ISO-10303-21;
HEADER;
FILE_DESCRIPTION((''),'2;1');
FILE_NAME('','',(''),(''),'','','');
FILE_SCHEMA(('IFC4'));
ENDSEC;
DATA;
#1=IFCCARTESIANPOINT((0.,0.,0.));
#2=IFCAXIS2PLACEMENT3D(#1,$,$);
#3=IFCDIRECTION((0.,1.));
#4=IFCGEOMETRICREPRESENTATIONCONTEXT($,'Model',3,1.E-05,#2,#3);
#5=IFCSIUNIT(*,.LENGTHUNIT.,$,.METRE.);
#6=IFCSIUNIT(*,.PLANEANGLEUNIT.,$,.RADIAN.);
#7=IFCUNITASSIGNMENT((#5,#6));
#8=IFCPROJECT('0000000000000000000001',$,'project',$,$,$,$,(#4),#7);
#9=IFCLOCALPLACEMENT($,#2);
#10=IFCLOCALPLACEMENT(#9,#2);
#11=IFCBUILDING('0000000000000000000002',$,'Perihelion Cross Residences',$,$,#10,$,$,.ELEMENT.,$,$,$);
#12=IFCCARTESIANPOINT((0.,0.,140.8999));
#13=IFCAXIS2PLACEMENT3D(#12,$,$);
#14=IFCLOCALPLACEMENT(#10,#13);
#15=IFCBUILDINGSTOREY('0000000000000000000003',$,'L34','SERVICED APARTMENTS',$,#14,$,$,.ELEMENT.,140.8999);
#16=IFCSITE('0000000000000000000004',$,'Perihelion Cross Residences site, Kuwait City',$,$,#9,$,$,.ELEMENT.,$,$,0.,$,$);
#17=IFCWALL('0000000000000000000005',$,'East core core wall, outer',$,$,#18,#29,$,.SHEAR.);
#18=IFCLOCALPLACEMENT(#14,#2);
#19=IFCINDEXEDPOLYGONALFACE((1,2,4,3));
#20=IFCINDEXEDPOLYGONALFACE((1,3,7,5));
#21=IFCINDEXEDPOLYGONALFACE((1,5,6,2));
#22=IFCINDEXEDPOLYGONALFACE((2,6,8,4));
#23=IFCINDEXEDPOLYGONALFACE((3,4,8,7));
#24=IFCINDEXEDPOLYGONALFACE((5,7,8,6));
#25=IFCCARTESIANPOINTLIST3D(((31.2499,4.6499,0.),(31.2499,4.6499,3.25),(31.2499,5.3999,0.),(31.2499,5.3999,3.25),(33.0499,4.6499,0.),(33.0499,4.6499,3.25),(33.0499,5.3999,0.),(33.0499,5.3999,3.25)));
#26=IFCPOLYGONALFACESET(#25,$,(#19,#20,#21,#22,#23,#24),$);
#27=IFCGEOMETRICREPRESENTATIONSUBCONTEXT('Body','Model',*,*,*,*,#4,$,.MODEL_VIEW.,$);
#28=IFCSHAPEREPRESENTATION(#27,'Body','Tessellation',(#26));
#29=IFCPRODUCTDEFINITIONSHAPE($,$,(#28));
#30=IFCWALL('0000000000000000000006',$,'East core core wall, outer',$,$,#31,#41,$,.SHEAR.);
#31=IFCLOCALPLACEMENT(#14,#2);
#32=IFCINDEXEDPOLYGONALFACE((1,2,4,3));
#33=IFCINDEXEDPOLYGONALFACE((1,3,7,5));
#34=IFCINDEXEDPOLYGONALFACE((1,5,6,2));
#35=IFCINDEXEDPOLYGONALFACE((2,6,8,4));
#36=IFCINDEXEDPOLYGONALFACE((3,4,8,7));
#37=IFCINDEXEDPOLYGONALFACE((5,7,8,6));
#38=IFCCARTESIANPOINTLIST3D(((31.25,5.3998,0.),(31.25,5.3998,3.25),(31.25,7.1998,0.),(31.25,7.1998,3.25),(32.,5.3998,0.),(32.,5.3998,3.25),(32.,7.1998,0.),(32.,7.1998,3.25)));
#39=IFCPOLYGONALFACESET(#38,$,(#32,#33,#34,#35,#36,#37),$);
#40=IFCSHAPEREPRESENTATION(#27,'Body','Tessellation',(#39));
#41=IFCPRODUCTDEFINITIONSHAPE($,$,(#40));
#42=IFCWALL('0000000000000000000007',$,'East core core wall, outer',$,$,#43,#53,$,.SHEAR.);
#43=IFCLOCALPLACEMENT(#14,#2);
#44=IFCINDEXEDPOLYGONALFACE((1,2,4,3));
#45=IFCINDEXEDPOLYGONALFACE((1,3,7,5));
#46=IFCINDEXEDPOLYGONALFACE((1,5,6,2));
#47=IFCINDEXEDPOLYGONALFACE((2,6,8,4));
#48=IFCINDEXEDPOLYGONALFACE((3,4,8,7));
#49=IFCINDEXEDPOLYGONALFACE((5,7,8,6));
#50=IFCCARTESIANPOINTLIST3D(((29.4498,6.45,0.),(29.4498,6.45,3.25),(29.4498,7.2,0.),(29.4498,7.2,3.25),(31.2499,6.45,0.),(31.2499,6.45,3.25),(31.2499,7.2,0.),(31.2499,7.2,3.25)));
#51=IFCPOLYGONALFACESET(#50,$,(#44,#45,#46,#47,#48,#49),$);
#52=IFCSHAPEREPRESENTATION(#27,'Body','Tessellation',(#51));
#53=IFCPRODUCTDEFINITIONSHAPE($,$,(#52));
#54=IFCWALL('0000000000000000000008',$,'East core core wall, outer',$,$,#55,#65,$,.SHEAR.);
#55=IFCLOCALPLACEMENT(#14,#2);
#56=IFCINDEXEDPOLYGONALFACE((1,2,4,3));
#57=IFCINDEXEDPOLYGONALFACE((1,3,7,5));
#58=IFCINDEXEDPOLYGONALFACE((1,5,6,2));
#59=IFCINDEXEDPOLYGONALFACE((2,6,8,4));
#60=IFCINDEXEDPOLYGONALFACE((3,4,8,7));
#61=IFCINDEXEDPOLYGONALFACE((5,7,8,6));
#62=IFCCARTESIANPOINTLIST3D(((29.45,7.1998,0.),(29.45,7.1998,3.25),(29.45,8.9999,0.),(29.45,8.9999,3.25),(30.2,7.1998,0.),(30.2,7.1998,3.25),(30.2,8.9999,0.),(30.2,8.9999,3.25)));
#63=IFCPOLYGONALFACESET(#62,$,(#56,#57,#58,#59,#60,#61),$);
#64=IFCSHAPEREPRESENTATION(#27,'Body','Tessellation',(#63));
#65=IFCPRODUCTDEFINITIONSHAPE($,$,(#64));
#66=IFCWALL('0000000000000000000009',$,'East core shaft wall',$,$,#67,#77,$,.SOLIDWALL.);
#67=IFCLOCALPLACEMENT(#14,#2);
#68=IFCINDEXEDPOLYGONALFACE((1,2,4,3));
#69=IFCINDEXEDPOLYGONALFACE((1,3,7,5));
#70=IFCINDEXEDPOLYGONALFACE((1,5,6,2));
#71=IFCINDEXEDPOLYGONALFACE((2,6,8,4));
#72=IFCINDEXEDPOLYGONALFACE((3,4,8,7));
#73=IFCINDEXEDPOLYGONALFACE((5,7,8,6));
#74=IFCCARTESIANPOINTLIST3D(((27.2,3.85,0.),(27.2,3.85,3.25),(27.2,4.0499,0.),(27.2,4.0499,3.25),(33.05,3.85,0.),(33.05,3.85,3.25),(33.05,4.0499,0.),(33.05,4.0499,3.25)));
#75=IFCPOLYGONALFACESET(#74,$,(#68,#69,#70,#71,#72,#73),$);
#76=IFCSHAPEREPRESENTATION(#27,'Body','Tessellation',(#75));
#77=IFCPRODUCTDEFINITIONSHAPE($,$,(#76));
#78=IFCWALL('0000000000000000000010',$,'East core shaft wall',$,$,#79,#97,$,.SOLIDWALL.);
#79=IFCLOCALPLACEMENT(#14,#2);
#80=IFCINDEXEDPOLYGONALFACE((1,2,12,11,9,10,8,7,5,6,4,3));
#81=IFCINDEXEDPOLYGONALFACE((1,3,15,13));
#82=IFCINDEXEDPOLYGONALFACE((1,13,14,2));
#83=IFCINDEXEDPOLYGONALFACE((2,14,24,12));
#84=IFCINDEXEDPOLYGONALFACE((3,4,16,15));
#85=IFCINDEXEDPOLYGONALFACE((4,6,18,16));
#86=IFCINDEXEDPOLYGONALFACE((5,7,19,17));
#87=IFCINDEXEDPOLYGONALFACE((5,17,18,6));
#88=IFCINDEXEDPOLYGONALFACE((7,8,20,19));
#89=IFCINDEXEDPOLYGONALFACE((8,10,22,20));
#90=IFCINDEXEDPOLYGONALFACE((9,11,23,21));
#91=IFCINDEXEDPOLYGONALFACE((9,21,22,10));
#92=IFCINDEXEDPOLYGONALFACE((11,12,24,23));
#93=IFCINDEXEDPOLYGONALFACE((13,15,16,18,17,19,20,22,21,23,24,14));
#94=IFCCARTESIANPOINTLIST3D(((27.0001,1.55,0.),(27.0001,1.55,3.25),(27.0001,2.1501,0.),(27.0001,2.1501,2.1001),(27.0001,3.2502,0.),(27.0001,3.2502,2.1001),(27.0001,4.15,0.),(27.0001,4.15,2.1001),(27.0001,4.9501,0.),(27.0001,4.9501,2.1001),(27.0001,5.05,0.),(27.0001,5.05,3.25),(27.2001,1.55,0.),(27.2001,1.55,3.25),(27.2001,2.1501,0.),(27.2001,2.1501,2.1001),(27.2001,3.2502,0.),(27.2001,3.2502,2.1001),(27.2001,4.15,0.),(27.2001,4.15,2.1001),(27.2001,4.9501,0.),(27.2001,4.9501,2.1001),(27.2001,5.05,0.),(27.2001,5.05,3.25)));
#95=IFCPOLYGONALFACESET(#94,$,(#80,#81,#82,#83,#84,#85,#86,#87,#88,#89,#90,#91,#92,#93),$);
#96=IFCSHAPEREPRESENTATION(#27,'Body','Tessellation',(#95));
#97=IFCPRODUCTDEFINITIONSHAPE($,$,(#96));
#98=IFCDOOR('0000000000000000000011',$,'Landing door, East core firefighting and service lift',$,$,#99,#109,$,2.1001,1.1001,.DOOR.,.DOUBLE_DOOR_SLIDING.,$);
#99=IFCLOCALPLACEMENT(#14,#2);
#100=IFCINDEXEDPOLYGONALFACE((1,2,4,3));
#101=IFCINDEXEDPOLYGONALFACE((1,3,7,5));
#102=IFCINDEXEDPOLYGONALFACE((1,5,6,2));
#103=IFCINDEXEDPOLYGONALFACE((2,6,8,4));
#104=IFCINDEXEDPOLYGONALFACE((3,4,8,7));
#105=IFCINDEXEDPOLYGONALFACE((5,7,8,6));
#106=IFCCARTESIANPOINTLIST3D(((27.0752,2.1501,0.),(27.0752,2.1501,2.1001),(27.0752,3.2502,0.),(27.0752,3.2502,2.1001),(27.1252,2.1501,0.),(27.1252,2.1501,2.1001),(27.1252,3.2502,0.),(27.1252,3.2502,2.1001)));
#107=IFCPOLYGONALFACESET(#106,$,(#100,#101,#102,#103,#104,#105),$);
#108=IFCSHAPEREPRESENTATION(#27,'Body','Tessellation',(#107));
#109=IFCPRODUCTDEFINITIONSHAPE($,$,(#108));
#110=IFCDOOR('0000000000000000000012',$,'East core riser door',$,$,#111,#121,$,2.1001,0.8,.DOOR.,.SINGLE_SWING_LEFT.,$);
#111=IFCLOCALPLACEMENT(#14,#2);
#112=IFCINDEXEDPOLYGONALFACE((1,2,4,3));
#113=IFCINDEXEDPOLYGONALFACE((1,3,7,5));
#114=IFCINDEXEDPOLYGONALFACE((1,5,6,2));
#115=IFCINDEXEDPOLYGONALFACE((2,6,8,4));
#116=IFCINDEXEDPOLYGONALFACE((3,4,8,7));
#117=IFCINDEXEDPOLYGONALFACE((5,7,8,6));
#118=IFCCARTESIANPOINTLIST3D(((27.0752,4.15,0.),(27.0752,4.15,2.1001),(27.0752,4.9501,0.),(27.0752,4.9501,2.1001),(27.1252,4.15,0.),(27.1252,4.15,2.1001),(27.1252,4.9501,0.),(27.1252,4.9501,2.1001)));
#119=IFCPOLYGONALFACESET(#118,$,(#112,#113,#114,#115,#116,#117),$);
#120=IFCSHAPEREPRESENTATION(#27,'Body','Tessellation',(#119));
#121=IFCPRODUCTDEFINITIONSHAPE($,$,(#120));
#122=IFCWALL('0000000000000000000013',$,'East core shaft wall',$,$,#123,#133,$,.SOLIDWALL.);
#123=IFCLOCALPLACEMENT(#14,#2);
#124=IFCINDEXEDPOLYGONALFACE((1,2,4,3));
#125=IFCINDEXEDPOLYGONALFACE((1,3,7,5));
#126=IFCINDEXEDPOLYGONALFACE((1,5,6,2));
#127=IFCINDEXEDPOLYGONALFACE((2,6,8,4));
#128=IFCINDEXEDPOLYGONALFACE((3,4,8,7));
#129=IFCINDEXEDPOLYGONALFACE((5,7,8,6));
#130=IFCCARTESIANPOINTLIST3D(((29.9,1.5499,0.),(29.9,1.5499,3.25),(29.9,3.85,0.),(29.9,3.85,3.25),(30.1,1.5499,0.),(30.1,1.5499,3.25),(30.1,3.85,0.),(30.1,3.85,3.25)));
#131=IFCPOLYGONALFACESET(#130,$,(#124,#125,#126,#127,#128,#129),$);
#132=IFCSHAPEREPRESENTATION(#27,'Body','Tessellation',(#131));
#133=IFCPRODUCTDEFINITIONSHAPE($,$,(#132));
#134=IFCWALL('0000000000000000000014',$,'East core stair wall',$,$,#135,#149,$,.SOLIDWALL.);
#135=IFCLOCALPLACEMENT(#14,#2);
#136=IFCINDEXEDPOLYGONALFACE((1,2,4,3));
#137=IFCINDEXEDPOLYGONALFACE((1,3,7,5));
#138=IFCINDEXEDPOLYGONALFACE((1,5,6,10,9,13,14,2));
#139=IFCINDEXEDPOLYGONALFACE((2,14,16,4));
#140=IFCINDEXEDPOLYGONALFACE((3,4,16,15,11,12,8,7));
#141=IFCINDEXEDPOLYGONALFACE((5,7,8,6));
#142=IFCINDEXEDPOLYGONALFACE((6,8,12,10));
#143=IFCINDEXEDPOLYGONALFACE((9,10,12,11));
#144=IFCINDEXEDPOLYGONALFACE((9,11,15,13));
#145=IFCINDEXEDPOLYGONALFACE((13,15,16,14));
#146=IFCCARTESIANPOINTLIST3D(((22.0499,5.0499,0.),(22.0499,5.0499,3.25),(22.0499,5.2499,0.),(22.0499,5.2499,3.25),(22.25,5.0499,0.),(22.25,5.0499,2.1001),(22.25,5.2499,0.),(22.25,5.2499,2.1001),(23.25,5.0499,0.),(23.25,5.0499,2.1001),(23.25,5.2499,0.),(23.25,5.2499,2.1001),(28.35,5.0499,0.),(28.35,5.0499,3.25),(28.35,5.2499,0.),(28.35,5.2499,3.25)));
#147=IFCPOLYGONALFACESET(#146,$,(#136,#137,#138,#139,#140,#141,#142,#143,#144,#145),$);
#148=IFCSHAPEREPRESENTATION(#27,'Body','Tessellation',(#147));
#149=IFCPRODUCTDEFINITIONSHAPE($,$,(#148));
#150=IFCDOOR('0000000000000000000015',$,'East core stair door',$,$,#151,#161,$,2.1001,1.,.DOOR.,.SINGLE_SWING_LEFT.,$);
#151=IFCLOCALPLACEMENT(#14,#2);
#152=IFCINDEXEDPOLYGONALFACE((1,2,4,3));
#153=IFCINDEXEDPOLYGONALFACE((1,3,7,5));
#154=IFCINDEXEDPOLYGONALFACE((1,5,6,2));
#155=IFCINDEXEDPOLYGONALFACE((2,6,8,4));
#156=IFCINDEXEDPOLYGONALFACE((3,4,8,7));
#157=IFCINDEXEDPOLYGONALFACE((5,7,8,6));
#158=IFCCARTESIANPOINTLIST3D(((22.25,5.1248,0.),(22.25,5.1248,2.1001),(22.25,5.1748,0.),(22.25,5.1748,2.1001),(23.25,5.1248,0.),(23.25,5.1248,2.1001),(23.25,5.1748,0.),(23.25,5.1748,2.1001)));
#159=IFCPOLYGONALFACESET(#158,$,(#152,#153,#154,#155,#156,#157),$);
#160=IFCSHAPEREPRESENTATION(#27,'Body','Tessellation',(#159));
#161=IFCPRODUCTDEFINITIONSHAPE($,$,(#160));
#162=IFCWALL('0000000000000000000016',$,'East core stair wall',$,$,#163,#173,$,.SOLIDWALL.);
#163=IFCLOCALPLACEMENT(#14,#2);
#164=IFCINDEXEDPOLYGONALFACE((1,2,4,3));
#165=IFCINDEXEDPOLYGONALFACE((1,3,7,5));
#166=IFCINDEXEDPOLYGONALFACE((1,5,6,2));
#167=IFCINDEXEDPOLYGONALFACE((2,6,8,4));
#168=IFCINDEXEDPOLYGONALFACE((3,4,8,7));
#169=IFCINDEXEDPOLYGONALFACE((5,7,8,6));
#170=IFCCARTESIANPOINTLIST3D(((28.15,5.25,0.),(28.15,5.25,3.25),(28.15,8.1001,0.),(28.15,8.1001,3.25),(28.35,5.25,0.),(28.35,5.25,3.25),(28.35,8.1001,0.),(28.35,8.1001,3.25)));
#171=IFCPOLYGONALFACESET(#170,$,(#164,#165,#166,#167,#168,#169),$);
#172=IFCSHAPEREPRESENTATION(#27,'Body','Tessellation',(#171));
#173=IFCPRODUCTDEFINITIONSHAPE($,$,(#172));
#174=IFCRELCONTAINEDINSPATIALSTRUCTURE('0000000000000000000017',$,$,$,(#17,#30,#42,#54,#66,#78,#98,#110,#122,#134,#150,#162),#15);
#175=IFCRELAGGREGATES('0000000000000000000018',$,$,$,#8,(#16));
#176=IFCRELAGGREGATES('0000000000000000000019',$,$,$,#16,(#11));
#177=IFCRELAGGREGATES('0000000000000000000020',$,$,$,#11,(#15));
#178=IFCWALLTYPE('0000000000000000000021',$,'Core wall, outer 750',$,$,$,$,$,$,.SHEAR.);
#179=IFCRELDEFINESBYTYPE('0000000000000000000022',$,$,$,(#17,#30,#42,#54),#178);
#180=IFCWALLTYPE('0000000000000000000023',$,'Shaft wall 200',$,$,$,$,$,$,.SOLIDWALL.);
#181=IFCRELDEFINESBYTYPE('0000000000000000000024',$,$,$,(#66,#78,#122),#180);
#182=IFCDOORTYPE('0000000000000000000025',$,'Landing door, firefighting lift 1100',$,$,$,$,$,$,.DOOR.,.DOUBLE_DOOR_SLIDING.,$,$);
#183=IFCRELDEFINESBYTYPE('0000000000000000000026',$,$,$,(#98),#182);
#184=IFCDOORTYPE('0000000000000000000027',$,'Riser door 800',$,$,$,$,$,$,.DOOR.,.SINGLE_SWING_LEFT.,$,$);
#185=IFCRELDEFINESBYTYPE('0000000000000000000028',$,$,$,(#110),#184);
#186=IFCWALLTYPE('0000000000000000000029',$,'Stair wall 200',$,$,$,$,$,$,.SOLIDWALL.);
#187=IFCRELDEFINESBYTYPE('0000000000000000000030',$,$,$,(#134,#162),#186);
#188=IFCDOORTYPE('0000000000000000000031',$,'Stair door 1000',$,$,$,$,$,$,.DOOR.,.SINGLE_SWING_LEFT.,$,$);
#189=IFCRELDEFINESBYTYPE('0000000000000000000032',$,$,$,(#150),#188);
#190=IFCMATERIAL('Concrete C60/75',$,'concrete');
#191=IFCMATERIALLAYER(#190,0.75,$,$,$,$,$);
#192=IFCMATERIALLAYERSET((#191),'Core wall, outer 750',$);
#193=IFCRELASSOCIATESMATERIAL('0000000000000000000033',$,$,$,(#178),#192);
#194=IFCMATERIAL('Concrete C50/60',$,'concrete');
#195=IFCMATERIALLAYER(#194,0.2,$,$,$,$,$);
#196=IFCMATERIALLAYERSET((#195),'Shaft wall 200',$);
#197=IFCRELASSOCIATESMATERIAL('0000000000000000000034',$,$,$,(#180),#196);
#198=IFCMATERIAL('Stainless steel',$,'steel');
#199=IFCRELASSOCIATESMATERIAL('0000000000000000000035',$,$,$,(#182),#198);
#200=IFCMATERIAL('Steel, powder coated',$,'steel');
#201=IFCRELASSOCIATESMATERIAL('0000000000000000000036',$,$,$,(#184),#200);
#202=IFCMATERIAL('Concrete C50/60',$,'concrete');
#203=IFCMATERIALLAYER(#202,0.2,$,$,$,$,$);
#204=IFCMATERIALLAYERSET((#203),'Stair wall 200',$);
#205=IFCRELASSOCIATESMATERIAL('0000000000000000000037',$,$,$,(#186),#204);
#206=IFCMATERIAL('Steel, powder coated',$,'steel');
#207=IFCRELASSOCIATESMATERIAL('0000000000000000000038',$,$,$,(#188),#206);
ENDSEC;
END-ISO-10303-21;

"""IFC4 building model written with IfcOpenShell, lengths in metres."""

from ifc_helpers import new_model, si_unit, direction, frame, frame_2d, origin, place, context, subcontext, project, spatial, rectangle, extrude, material, layer, layer_set, type_object, element, fill, save


model = new_model("IFC4")

# Units and contexts
model_context = context("Model", 3, precision=1e-05, world=origin(), true_north=direction((0.0, 1.0)))
body_context = subcontext(model_context, "Body", "Model", "MODEL_VIEW")
ifc_project = project(units=[si_unit("LENGTHUNIT", "METRE"), si_unit("PLANEANGLEUNIT", "RADIAN")], contexts=[model_context])

# Site, building, storey
site_placement = place(None, origin())
site = spatial("IfcSite", under=ifc_project, at=site_placement, Name="Perihelion Cross Residences site, Kuwait City", CompositionType="ELEMENT", RefElevation=0.0)
building_placement = place(site_placement, origin())
building = spatial("IfcBuilding", under=site, at=building_placement, Name="Perihelion Cross Residences", CompositionType="ELEMENT")
storey_placement = place(building_placement, frame((0.0, 0.0, 140.8999)))
storey = spatial("IfcBuildingStorey", under=building, at=storey_placement, Name="L34", Description="SERVICED APARTMENTS", CompositionType="ELEMENT", Elevation=140.8999)

# Walls
ifc_material_1 = material(Name="Concrete C60/75", Category="concrete")
ifc_layer_1 = layer(ifc_material_1, 0.75)
ifc_layer_set_1 = layer_set([ifc_layer_1], Name="Core wall, outer 750")
wall_type_1 = type_object("IfcWallType", Name="Core wall, outer 750", PredefinedType="SHEAR", material=ifc_layer_set_1)
for number, where, z_axis, x_axis, name in (
    (1, (31.25, 5.0249, 0.0), (0.0, 0.0, 1.0), (1.0, 0.0, 0.0), "East core core wall, outer"),
    (2, (31.625, 5.3999, 0.0), (0.0, 0.0, 1.0), (0.0, 1.0, 0.0), "East core core wall, outer"),
    (3, (29.45, 6.825, 0.0), (0.0, 0.0, 1.0), (1.0, 0.0, 0.0), "East core core wall, outer"),
    (4, (29.825, 7.2, 0.0), (0.0, 0.0, 1.0), (0.0, 1.0, 0.0), "East core core wall, outer"),
):
    element("IfcWall", number, at=place(storey_placement, frame(where, z_axis=z_axis, x_axis=x_axis)), inside=storey, type_object=wall_type_1, Name=name, PredefinedType="SHEAR", context=body_context, shape_type="SweptSolid", body=[
        extrude(rectangle(XDim=1.8, YDim=0.75, at=frame_2d((0.8999, 0.0))), origin(), (0.0, 0.0, 1.0), 3.25),
    ])
ifc_material_2 = material(Name="Concrete C50/60", Category="concrete")
ifc_layer_2 = layer(ifc_material_2, 0.2)
ifc_layer_set_2 = layer_set([ifc_layer_2], Name="Shaft wall 200")
wall_type_2 = type_object("IfcWallType", Name="Shaft wall 200", PredefinedType="SOLIDWALL", material=ifc_layer_set_2)
wall_1_placement = place(storey_placement, frame((27.2, 3.95, 0.0), z_axis=(0.0, 0.0, 1.0), x_axis=(1.0, 0.0, 0.0)))
element("IfcWall", 5, at=wall_1_placement, inside=storey, type_object=wall_type_2, Name="East core shaft wall", PredefinedType="SOLIDWALL", context=body_context, shape_type="SweptSolid", body=[
    extrude(rectangle(XDim=5.8501, YDim=0.2, at=frame_2d((2.925, 0.0))), origin(), (0.0, 0.0, 1.0), 3.25),
])

# Wall, openings, doors
wall_2_placement = place(storey_placement, frame((27.1001, 1.55, 0.0), z_axis=(0.0, 0.0, 1.0), x_axis=(0.0, 1.0, 0.0)))
wall_2 = element("IfcWall", 6, at=wall_2_placement, inside=storey, type_object=wall_type_2, Name="East core shaft wall", PredefinedType="SOLIDWALL", context=body_context, shape_type="SweptSolid", body=[
    extrude(rectangle(XDim=3.5, YDim=0.2, at=frame_2d((1.75, 0.0))), origin(), (0.0, 0.0, 1.0), 3.25),
])
opening_1_placement = place(wall_2_placement, frame((0.6001, 0.0, 0.0)))
opening_1 = element("IfcOpeningElement", 7, at=opening_1_placement, cuts=wall_2, PredefinedType="OPENING", context=body_context, shape_type="SweptSolid", body=[
    extrude(rectangle(XDim=1.1001, YDim=2.1001, at=frame_2d((0.55, 1.05))), frame((0.0, 0.1099, 0.0), z_axis=(0.0, -1.0, 0.0), x_axis=(1.0, 0.0, 0.0)), (0.0, 0.0, 1.0), 0.22),
])
opening_2_placement = place(wall_2_placement, frame((2.6001, 0.0, 0.0)))
opening_2 = element("IfcOpeningElement", 8, at=opening_2_placement, cuts=wall_2, PredefinedType="OPENING", context=body_context, shape_type="SweptSolid", body=[
    extrude(rectangle(XDim=0.8, YDim=2.1001, at=frame_2d((0.3999, 1.05))), frame((0.0, 0.1099, 0.0), z_axis=(0.0, -1.0, 0.0), x_axis=(1.0, 0.0, 0.0)), (0.0, 0.0, 1.0), 0.22),
])
ifc_material_3 = material(Name="Stainless steel", Category="steel")
door_type_1 = type_object("IfcDoorType", Name="Landing door, firefighting lift 1100", OperationType="DOUBLE_DOOR_SLIDING", PredefinedType="DOOR", material=ifc_material_3)
door_1_placement = place(opening_1_placement, origin())
door_1 = element("IfcDoor", 9, at=door_1_placement, inside=storey, type_object=door_type_1, Name="Landing door, East core firefighting and service lift", OperationType="DOUBLE_DOOR_SLIDING", OverallHeight=2.1001, OverallWidth=1.1001, PredefinedType="DOOR", context=body_context, shape_type="SweptSolid", body=[
    extrude(rectangle(XDim=1.1001, YDim=2.1001, at=frame_2d((0.55, 1.05))), frame((0.0, 0.0249, 0.0), z_axis=(0.0, -1.0, 0.0), x_axis=(1.0, 0.0, 0.0)), (0.0, 0.0, 1.0), 0.05),
])
fill(opening_1, door_1)
ifc_material_4 = material(Name="Steel, powder coated", Category="steel")
door_type_2 = type_object("IfcDoorType", Name="Riser door 800", OperationType="SINGLE_SWING_LEFT", PredefinedType="DOOR", material=ifc_material_4)
door_2_placement = place(opening_2_placement, origin())
door_2 = element("IfcDoor", 10, at=door_2_placement, inside=storey, type_object=door_type_2, Name="East core riser door", OperationType="SINGLE_SWING_LEFT", OverallHeight=2.1001, OverallWidth=0.8, PredefinedType="DOOR", context=body_context, shape_type="SweptSolid", body=[
    extrude(rectangle(XDim=0.8, YDim=2.1001, at=frame_2d((0.3999, 1.05))), frame((0.0, 0.0249, 0.0), z_axis=(0.0, -1.0, 0.0), x_axis=(1.0, 0.0, 0.0)), (0.0, 0.0, 1.0), 0.05),
])
fill(opening_2, door_2)

# Wall
wall_3_placement = place(storey_placement, frame((30.0, 1.55, 0.0), z_axis=(0.0, 0.0, 1.0), x_axis=(0.0, 1.0, 0.0)))
element("IfcWall", 11, at=wall_3_placement, inside=storey, type_object=wall_type_2, Name="East core shaft wall", PredefinedType="SOLIDWALL", context=body_context, shape_type="SweptSolid", body=[
    extrude(rectangle(XDim=2.3, YDim=0.2, at=frame_2d((1.1499, 0.0))), origin(), (0.0, 0.0, 1.0), 3.25),
])

# Wall, opening, door
ifc_material_5 = material(Name="Concrete C50/60", Category="concrete")
ifc_layer_3 = layer(ifc_material_5, 0.2)
ifc_layer_set_3 = layer_set([ifc_layer_3], Name="Stair wall 200")
wall_type_3 = type_object("IfcWallType", Name="Stair wall 200", PredefinedType="SOLIDWALL", material=ifc_layer_set_3)
wall_4_placement = place(storey_placement, frame((22.05, 5.1499, 0.0), z_axis=(0.0, 0.0, 1.0), x_axis=(1.0, 0.0, 0.0)))
wall_4 = element("IfcWall", 12, at=wall_4_placement, inside=storey, type_object=wall_type_3, Name="East core stair wall", PredefinedType="SOLIDWALL", context=body_context, shape_type="SweptSolid", body=[
    extrude(rectangle(XDim=6.3, YDim=0.2, at=frame_2d((3.1499, 0.0))), origin(), (0.0, 0.0, 1.0), 3.25),
])
opening_3_placement = place(wall_4_placement, frame((0.2, 0.0, 0.0)))
opening_3 = element("IfcOpeningElement", 13, at=opening_3_placement, cuts=wall_4, PredefinedType="OPENING", context=body_context, shape_type="SweptSolid", body=[
    extrude(rectangle(XDim=1.0, YDim=2.1001, at=frame_2d((0.5, 1.05))), frame((0.0, 0.1099, 0.0), z_axis=(0.0, -1.0, 0.0), x_axis=(1.0, 0.0, 0.0)), (0.0, 0.0, 1.0), 0.22),
])
ifc_material_6 = material(Name="Steel, powder coated", Category="steel")
door_type_3 = type_object("IfcDoorType", Name="Stair door 1000", OperationType="SINGLE_SWING_LEFT", PredefinedType="DOOR", material=ifc_material_6)
door_3_placement = place(opening_3_placement, origin())
door_3 = element("IfcDoor", 14, at=door_3_placement, inside=storey, type_object=door_type_3, Name="East core stair door", OperationType="SINGLE_SWING_LEFT", OverallHeight=2.1001, OverallWidth=1.0, PredefinedType="DOOR", context=body_context, shape_type="SweptSolid", body=[
    extrude(rectangle(XDim=1.0, YDim=2.1001, at=frame_2d((0.5, 1.05))), frame((0.0, 0.0249, 0.0), z_axis=(0.0, -1.0, 0.0), x_axis=(1.0, 0.0, 0.0)), (0.0, 0.0, 1.0), 0.05),
])
fill(opening_3, door_3)

# Wall
wall_5_placement = place(storey_placement, frame((28.25, 5.25, 0.0), z_axis=(0.0, 0.0, 1.0), x_axis=(0.0, 1.0, 0.0)))
element("IfcWall", 15, at=wall_5_placement, inside=storey, type_object=wall_type_3, Name="East core stair wall", PredefinedType="SOLIDWALL", context=body_context, shape_type="SweptSolid", body=[
    extrude(rectangle(XDim=2.8501, YDim=0.2, at=frame_2d((1.425, 0.0))), origin(), (0.0, 0.0, 1.0), 3.25),
])

save(model, "model.ifc")
